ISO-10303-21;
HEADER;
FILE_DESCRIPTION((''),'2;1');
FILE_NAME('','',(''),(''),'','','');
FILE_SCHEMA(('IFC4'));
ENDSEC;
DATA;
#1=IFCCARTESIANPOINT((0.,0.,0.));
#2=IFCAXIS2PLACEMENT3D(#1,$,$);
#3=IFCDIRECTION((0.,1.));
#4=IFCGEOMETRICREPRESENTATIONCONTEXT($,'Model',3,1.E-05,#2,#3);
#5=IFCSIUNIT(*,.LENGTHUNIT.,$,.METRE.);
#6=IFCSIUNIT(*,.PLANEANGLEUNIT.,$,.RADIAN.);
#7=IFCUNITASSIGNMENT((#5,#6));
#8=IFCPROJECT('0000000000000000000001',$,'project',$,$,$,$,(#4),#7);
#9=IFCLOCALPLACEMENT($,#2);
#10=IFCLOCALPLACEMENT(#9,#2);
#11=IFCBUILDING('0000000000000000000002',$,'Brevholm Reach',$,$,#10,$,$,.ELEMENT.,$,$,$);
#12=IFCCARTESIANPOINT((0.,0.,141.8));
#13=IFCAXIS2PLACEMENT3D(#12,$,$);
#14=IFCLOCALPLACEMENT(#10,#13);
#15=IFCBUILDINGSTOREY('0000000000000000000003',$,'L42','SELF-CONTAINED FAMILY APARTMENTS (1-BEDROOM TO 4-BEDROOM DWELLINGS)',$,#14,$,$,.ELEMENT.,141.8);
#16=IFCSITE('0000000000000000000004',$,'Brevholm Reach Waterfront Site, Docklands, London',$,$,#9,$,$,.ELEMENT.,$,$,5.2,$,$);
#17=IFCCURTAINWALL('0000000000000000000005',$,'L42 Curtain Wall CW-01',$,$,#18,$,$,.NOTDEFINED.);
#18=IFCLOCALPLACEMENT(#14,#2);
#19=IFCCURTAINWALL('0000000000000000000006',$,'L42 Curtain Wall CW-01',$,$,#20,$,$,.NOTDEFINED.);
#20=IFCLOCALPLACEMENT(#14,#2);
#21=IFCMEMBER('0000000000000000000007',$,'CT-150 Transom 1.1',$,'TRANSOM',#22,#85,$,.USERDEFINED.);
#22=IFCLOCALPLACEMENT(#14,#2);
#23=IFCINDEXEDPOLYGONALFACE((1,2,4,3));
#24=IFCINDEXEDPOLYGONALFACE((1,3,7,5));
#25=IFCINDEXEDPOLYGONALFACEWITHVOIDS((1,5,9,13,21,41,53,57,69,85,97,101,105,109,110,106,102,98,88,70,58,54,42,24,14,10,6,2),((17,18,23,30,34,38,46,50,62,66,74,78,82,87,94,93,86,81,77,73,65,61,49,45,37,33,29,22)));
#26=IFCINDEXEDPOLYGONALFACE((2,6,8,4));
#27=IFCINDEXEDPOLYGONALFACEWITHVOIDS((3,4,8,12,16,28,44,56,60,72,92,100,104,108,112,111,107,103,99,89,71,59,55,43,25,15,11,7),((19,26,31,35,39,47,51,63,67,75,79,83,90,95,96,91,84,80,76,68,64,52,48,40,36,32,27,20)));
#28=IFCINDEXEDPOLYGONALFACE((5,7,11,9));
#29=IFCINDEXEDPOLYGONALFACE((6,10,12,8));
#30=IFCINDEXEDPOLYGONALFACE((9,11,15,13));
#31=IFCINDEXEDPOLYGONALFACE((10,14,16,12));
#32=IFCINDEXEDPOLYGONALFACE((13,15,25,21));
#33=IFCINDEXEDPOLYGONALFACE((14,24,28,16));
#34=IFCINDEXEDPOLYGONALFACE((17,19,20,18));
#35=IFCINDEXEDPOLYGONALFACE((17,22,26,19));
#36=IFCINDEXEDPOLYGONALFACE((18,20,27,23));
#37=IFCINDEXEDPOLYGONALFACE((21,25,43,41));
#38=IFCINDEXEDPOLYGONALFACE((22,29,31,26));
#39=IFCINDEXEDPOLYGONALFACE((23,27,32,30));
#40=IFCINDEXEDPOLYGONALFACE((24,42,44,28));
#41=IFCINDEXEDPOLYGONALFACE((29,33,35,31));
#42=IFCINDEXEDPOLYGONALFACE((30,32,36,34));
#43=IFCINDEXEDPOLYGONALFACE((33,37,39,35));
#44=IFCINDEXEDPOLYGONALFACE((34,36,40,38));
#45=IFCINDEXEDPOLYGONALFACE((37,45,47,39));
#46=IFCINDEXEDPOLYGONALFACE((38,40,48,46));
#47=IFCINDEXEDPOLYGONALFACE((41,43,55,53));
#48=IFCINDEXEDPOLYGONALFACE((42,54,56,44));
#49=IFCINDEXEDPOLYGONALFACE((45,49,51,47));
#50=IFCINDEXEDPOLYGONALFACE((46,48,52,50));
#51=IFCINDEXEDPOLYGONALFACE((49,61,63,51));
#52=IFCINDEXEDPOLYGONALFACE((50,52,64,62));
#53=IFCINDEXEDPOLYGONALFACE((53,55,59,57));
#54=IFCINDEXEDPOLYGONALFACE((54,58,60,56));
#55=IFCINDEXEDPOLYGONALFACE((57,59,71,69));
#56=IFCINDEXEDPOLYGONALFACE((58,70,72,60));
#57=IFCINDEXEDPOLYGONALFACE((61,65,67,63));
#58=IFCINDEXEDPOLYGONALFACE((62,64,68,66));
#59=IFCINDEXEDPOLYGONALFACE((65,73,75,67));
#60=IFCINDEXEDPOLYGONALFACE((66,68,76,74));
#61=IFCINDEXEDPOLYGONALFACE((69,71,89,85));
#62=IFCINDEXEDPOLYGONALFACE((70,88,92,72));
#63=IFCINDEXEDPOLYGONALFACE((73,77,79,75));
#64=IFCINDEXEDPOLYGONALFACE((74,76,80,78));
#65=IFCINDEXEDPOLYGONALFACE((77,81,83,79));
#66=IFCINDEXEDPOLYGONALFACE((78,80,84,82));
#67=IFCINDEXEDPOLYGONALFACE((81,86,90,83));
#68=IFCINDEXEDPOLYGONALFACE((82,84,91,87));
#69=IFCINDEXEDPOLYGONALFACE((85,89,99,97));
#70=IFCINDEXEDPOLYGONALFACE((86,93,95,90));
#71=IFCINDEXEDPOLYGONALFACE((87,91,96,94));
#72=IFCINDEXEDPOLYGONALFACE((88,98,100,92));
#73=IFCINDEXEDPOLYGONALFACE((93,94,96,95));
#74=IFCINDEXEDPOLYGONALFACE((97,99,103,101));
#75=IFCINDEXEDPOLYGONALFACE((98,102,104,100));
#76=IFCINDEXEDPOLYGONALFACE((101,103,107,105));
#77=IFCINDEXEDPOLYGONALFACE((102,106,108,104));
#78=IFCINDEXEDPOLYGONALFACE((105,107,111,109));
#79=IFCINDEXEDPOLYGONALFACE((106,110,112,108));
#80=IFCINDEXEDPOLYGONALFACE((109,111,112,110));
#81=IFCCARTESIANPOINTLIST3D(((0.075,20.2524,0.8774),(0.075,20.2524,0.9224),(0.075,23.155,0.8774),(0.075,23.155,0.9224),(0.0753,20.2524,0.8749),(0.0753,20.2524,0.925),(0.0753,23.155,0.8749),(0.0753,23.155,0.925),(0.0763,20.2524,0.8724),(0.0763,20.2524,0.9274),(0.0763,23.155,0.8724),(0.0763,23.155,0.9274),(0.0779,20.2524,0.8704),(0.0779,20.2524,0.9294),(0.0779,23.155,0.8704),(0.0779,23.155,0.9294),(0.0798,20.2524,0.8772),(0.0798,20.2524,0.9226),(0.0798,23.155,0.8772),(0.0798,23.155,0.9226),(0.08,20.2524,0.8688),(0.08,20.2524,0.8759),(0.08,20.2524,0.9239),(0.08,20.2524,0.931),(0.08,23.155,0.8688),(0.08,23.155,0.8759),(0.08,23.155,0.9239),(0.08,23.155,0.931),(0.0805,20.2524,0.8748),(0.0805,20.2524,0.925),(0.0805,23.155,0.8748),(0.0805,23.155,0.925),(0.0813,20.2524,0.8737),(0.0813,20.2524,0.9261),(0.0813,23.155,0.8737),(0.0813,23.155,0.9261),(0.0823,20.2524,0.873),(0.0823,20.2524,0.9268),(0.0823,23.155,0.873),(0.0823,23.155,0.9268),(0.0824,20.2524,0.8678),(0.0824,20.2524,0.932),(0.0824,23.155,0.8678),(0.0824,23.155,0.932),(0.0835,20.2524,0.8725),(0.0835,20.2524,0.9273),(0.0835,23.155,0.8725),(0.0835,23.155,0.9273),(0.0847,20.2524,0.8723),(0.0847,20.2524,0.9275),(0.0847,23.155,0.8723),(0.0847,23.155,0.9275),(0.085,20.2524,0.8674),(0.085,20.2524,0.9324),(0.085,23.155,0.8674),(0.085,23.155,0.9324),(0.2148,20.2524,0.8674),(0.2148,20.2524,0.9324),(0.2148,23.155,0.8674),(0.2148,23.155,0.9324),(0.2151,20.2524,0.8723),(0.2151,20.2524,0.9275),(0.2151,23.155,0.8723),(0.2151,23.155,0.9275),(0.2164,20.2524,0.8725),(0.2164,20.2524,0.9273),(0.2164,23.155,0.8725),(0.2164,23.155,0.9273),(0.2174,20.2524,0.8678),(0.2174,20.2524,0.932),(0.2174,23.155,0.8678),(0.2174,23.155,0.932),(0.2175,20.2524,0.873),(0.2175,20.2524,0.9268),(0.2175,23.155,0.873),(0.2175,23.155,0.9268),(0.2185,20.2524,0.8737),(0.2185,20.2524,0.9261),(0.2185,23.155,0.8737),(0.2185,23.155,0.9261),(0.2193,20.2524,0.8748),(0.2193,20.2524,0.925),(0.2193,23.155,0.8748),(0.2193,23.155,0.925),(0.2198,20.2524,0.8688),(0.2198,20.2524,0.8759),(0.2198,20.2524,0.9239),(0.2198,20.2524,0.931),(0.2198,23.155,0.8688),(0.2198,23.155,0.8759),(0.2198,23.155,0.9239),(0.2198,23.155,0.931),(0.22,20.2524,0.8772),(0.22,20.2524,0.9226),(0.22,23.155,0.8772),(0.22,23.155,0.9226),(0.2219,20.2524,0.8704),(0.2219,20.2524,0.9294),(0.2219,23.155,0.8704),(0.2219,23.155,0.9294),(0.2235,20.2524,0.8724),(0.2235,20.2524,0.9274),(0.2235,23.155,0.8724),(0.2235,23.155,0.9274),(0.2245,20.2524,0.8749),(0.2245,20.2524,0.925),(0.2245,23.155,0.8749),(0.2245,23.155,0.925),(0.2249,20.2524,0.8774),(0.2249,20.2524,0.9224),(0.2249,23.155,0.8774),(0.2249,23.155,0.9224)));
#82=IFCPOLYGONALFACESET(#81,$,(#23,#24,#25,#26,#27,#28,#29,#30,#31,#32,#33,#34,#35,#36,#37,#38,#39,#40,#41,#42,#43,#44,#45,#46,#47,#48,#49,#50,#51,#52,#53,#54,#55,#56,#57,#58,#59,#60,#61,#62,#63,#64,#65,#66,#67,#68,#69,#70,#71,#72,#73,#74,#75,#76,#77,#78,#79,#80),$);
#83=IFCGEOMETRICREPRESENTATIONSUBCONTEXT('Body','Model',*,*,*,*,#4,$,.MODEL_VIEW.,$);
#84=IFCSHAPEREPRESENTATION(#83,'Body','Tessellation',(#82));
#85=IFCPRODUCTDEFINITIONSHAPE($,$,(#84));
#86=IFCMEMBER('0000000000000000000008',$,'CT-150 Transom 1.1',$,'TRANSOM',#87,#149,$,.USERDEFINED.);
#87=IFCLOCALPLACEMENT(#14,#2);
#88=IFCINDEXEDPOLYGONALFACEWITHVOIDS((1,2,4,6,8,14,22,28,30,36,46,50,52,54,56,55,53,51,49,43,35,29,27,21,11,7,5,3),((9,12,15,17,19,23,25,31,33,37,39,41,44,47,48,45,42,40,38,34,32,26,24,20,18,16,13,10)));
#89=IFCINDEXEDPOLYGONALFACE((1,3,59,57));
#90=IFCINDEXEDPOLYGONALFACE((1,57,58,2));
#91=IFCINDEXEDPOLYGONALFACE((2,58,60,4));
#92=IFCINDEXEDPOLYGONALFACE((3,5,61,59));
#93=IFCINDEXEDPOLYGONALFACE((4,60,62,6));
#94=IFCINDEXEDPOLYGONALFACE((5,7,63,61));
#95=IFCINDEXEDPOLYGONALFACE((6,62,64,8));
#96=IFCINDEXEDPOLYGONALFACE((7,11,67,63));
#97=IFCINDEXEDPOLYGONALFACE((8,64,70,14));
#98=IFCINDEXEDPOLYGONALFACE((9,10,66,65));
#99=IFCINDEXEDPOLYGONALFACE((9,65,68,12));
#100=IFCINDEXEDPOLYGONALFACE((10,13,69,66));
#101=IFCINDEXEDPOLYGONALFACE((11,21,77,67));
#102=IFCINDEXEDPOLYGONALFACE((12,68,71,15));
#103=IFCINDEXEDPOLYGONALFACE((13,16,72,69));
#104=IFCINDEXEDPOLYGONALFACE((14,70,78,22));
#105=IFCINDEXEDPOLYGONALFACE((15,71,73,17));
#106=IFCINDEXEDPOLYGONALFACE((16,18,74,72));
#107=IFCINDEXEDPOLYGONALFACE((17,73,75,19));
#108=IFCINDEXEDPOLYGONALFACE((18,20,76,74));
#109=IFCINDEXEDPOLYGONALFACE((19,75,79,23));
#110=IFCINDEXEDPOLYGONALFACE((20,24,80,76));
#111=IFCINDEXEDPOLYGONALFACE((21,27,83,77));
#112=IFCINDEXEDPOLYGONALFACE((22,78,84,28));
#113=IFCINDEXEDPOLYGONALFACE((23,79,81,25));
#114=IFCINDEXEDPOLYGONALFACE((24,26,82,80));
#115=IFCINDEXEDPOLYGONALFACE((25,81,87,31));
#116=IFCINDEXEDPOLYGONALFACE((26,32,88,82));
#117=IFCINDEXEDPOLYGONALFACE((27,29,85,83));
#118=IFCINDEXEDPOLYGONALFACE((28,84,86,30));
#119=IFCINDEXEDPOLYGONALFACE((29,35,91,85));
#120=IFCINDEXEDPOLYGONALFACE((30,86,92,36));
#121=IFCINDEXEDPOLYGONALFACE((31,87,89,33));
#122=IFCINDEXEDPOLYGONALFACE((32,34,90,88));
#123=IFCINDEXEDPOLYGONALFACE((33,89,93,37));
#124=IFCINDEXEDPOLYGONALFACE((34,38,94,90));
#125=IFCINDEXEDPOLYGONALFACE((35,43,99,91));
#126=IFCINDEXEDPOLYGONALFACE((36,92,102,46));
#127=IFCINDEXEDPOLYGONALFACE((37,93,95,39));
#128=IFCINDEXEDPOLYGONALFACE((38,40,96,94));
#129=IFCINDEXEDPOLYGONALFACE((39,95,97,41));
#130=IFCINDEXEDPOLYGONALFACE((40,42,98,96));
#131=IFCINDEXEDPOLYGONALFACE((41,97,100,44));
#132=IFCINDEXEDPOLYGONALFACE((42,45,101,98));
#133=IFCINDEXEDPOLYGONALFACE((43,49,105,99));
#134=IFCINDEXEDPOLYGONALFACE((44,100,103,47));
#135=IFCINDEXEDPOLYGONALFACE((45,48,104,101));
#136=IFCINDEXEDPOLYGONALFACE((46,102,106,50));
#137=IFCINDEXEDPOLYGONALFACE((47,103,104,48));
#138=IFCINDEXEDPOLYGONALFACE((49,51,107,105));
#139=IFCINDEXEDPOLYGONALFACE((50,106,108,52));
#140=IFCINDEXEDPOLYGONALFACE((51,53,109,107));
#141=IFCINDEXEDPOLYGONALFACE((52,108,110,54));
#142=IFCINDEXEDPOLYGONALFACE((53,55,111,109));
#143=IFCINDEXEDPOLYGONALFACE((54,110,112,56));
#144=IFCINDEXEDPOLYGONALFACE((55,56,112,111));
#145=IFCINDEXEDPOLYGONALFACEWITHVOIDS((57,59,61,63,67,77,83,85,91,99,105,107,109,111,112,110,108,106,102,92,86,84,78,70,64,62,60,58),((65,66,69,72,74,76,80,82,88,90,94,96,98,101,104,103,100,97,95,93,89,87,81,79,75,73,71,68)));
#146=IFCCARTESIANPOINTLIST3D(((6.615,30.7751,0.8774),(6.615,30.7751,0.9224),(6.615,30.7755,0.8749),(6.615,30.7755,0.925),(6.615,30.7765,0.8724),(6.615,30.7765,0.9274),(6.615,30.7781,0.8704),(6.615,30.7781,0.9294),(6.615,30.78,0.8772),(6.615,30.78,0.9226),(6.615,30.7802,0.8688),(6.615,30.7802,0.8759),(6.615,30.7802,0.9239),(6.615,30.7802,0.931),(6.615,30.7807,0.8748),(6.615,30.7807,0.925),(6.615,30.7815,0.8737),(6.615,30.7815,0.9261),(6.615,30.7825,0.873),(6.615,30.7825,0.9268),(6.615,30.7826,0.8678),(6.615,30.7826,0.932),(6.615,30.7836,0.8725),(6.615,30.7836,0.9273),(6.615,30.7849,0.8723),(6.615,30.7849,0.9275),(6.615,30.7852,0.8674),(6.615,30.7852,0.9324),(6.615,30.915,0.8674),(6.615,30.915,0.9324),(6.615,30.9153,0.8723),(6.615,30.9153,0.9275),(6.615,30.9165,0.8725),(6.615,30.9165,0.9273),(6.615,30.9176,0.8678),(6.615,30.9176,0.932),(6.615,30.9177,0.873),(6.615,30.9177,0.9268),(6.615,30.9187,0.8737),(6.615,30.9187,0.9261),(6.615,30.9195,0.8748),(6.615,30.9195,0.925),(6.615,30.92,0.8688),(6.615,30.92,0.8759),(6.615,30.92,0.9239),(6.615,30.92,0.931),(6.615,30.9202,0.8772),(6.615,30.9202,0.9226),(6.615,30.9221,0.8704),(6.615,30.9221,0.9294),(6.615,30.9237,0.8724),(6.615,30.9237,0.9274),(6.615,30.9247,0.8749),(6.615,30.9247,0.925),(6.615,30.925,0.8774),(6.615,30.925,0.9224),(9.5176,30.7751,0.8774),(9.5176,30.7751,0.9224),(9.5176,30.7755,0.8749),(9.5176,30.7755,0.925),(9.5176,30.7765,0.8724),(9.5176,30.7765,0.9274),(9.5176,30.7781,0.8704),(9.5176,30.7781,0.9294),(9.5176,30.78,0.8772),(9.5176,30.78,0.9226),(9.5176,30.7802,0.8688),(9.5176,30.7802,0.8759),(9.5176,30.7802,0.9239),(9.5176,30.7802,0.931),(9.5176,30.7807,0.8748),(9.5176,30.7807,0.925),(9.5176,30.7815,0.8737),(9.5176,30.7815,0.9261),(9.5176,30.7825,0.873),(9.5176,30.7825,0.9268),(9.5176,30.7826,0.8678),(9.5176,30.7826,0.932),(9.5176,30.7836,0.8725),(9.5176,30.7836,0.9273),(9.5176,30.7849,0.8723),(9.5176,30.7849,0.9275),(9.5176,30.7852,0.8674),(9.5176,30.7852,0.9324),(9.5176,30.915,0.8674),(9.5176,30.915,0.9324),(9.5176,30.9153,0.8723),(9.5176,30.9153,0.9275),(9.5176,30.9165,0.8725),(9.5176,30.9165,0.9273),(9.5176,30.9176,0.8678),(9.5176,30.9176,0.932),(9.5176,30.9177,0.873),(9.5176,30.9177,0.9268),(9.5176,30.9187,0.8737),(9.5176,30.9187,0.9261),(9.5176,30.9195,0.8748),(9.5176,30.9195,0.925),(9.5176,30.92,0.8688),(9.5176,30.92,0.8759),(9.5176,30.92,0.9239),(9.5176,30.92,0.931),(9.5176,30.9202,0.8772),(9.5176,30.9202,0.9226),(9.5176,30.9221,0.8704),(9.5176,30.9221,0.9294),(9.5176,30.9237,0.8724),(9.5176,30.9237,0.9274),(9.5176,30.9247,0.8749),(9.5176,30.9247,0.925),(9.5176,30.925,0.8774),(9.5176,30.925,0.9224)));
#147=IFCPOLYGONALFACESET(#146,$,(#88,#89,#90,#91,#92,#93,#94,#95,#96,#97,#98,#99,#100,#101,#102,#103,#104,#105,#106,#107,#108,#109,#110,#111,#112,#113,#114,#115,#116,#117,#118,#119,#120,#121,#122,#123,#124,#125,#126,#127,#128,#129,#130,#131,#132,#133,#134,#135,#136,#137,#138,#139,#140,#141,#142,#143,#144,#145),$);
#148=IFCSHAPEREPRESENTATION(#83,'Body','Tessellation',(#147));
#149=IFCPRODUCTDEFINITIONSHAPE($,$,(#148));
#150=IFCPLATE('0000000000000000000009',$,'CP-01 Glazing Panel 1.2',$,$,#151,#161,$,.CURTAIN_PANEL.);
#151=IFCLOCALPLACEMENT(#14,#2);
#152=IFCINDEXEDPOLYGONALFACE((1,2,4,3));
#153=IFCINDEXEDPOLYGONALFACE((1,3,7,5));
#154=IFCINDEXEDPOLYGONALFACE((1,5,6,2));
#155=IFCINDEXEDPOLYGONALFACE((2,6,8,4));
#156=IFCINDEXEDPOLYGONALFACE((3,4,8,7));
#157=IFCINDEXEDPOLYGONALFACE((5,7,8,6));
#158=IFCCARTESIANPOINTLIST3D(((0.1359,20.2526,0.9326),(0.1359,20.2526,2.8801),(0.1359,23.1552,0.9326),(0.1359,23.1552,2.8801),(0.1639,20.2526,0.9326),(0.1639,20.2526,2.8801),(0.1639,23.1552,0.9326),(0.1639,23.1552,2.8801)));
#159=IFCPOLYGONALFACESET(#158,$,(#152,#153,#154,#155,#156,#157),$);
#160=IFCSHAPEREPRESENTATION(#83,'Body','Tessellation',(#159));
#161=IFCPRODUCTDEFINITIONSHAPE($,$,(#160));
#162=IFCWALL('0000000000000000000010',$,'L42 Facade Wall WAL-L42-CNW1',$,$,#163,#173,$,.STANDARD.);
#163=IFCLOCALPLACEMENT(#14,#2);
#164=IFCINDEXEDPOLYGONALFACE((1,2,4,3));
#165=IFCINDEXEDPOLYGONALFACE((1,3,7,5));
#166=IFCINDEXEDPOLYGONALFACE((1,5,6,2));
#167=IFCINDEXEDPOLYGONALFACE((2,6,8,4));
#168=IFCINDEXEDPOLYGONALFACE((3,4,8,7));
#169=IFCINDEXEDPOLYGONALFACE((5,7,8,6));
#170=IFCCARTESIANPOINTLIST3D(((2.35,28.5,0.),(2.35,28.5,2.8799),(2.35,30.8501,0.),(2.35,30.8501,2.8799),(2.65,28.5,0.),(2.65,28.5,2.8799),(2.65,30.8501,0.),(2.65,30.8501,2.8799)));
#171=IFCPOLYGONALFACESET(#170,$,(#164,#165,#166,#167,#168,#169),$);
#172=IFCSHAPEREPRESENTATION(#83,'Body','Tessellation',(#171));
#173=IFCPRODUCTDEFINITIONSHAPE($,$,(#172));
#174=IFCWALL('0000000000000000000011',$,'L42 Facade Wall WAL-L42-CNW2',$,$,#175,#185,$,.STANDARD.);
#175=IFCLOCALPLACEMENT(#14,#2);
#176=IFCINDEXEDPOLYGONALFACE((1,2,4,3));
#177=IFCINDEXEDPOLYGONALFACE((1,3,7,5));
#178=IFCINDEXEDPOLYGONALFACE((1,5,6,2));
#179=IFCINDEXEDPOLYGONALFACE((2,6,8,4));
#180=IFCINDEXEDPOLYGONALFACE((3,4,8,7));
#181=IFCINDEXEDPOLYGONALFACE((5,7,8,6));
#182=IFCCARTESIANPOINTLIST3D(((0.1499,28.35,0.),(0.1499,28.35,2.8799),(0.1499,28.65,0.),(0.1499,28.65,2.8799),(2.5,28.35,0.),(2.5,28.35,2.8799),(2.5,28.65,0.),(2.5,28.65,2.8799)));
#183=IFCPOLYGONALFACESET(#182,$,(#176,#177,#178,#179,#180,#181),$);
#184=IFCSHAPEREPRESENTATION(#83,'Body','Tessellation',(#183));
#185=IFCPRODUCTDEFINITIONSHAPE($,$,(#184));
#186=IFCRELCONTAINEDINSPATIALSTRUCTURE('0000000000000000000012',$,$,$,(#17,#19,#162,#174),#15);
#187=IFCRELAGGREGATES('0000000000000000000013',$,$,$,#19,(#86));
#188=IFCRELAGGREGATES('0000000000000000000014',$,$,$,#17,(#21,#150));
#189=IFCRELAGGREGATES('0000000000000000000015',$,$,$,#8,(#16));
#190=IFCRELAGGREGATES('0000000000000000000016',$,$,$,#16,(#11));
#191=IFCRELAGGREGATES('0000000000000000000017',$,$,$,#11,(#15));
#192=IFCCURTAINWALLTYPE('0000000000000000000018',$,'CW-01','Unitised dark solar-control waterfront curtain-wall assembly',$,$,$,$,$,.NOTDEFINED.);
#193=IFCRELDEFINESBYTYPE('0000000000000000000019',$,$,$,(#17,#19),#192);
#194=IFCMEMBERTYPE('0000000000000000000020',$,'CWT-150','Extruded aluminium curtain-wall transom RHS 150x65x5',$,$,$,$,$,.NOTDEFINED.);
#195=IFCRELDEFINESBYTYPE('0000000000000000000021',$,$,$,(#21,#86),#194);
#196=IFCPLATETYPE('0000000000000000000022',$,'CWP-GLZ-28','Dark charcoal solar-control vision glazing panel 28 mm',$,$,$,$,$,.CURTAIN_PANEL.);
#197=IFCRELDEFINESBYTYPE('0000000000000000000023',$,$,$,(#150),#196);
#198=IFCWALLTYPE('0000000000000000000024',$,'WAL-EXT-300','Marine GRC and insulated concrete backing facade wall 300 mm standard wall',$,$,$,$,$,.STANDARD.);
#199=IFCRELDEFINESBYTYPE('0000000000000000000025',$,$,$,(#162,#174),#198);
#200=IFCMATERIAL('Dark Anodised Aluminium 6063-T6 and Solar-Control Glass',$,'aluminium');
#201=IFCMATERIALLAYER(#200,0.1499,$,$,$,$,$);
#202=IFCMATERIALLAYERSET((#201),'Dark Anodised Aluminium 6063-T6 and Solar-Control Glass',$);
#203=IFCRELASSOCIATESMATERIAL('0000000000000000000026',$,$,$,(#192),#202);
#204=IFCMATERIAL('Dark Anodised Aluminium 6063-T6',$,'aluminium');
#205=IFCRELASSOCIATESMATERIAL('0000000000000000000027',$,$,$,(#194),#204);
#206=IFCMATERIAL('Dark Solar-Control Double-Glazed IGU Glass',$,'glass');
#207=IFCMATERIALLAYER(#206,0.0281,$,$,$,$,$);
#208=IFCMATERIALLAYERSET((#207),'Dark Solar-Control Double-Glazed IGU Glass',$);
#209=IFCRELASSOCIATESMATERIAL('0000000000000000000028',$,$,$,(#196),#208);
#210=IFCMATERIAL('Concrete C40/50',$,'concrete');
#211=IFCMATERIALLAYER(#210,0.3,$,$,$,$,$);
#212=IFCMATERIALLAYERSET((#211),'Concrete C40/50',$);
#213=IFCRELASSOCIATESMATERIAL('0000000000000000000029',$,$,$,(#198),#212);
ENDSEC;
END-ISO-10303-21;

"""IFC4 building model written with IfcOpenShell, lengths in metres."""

from ifc_helpers import new_model, si_unit, direction, frame, frame_2d, origin, origin_2d, place, context, subcontext, project, spatial, rectangle, hollow_rectangle, extrude, material, layer, layer_set, material_profile, profile_set, type_object, element, aggregate, save


model = new_model("IFC4")

# Units and contexts
model_context = context("Model", 3, precision=1e-05, world=origin(), true_north=direction((0.0, 1.0)))
body_context = subcontext(model_context, "Body", "Model", "MODEL_VIEW")
ifc_project = project(units=[si_unit("LENGTHUNIT", "METRE"), si_unit("PLANEANGLEUNIT", "RADIAN")], contexts=[model_context])

# Site, building, storey
site_placement = place(None, origin())
site = spatial("IfcSite", under=ifc_project, at=site_placement, Name="Brevholm Reach Waterfront Site, Docklands, London", CompositionType="ELEMENT", RefElevation=5.2)
building_placement = place(site_placement, origin())
building = spatial("IfcBuilding", under=site, at=building_placement, Name="Brevholm Reach", CompositionType="ELEMENT")
storey_placement = place(building_placement, frame((0.0, 0.0, 141.8)))
storey = spatial("IfcBuildingStorey", under=building, at=storey_placement, Name="L42", Description="SELF-CONTAINED FAMILY APARTMENTS (1-BEDROOM TO 4-BEDROOM DWELLINGS)", CompositionType="ELEMENT", Elevation=141.8)

# Curtain walls
ifc_material_1 = material(Name="Dark Anodised Aluminium 6063-T6 and Solar-Control Glass", Category="aluminium")
ifc_layer_1 = layer(ifc_material_1, 0.1499)
ifc_layer_set_1 = layer_set([ifc_layer_1], Name="Dark Anodised Aluminium 6063-T6 and Solar-Control Glass")
curtain_wall_type = type_object("IfcCurtainWallType", Name="CW-01", Description="Unitised dark solar-control waterfront curtain-wall assembly", PredefinedType="NOTDEFINED", material=ifc_layer_set_1)
curtain_wall_1_placement = place(storey_placement, origin())
curtain_wall_1 = element("IfcCurtainWall", 1, at=curtain_wall_1_placement, inside=storey, type_object=curtain_wall_type, Name="L42 Curtain Wall CW-01", PredefinedType="NOTDEFINED")
curtain_wall_2_placement = place(storey_placement, origin())
curtain_wall_2 = element("IfcCurtainWall", 2, at=curtain_wall_2_placement, inside=storey, type_object=curtain_wall_type, Name="L42 Curtain Wall CW-01", PredefinedType="NOTDEFINED")

# Members
ifc_material_2 = material(Name="Dark Anodised Aluminium 6063-T6", Category="aluminium")
ifc_material_profile_1 = material_profile(ifc_material_2, hollow_rectangle(XDim=0.0649, YDim=0.1499, WallThickness=0.0049, InnerFilletRadius=0.0049, OuterFilletRadius=0.01, at=origin_2d()), Name="RHS 150x65x5")
ifc_profile_set_1 = profile_set([ifc_material_profile_1], Name="Dark Anodised Aluminium 6063-T6")
member_type_1 = type_object("IfcMemberType", Name="CWT-150", Description="Extruded aluminium curtain-wall transom RHS 150x65x5", PredefinedType="NOTDEFINED", material=ifc_profile_set_1)
member_1_placement = place(storey_placement, frame((0.1499, 23.155, 0.8999), z_axis=(0.0, -1.0, 0.0), x_axis=(0.0, 0.0, 1.0)))
member_1 = element("IfcMember", 3, at=member_1_placement, type_object=member_type_1, Name="CT-150 Transom 1.1", ObjectType="TRANSOM", PredefinedType="USERDEFINED", context=body_context, shape_type="SweptSolid", body=[
    extrude(hollow_rectangle(XDim=0.0649, YDim=0.1499, WallThickness=0.0049, InnerFilletRadius=0.0049, OuterFilletRadius=0.01, at=origin_2d()), origin(), (0.0, 0.0, 1.0), 2.9026),
])
member_2_placement = place(storey_placement, frame((6.615, 30.8501, 0.8999), z_axis=(1.0, 0.0, 0.0), x_axis=(0.0, 0.0, 1.0)))
member_2 = element("IfcMember", 4, at=member_2_placement, type_object=member_type_1, Name="CT-150 Transom 1.1", ObjectType="TRANSOM", PredefinedType="USERDEFINED", context=body_context, shape_type="SweptSolid", body=[
    extrude(hollow_rectangle(XDim=0.0649, YDim=0.1499, WallThickness=0.0049, InnerFilletRadius=0.0049, OuterFilletRadius=0.01, at=origin_2d()), origin(), (0.0, 0.0, 1.0), 2.9026),
])
aggregate(curtain_wall_2, [member_2])

# Plate
ifc_material_3 = material(Name="Dark Solar-Control Double-Glazed IGU Glass", Category="glass")
ifc_layer_2 = layer(ifc_material_3, 0.0281)
ifc_layer_set_2 = layer_set([ifc_layer_2], Name="Dark Solar-Control Double-Glazed IGU Glass")
plate_type = type_object("IfcPlateType", Name="CWP-GLZ-28", Description="Dark charcoal solar-control vision glazing panel 28 mm", PredefinedType="CURTAIN_PANEL", material=ifc_layer_set_2)
plate_placement = place(storey_placement, frame((0.1499, 21.7039, 0.9326), z_axis=(0.0, 0.0, 1.0), x_axis=(0.0, -1.0, 0.0)))
plate = element("IfcPlate", 5, at=plate_placement, type_object=plate_type, Name="CP-01 Glazing Panel 1.2", PredefinedType="CURTAIN_PANEL", context=body_context, shape_type="SweptSolid", body=[
    extrude(rectangle(XDim=2.9026, YDim=0.0281, at=origin_2d()), origin(), (0.0, 0.0, 1.0), 1.9475),
])
aggregate(curtain_wall_1, [member_1, plate])

# Walls
ifc_material_4 = material(Name="Concrete C40/50", Category="concrete")
ifc_layer_3 = layer(ifc_material_4, 0.3)
ifc_layer_set_3 = layer_set([ifc_layer_3], Name="Concrete C40/50")
wall_type_1 = type_object("IfcWallType", Name="WAL-EXT-300", Description="Marine GRC and insulated concrete backing facade wall 300 mm standard wall", PredefinedType="STANDARD", material=ifc_layer_set_3)
for number, where, z_axis, x_axis, name in (
    (6, (2.5, 30.8501, 0.0), (0.0, 0.0, 1.0), (0.0, -1.0, 0.0), "L42 Facade Wall WAL-L42-CNW1"),
    (7, (2.5, 28.5, 0.0), (0.0, 0.0, 1.0), (-1.0, 0.0, 0.0), "L42 Facade Wall WAL-L42-CNW2"),
):
    element("IfcWall", number, at=place(storey_placement, frame(where, z_axis=z_axis, x_axis=x_axis)), inside=storey, type_object=wall_type_1, Name=name, PredefinedType="STANDARD", context=body_context, shape_type="SweptSolid", body=[
        extrude(rectangle(XDim=2.3501, YDim=0.3, at=frame_2d((1.175, 0.0))), origin(), (0.0, 0.0, 1.0), 2.8799),
    ])

save(model, "model.ifc")
